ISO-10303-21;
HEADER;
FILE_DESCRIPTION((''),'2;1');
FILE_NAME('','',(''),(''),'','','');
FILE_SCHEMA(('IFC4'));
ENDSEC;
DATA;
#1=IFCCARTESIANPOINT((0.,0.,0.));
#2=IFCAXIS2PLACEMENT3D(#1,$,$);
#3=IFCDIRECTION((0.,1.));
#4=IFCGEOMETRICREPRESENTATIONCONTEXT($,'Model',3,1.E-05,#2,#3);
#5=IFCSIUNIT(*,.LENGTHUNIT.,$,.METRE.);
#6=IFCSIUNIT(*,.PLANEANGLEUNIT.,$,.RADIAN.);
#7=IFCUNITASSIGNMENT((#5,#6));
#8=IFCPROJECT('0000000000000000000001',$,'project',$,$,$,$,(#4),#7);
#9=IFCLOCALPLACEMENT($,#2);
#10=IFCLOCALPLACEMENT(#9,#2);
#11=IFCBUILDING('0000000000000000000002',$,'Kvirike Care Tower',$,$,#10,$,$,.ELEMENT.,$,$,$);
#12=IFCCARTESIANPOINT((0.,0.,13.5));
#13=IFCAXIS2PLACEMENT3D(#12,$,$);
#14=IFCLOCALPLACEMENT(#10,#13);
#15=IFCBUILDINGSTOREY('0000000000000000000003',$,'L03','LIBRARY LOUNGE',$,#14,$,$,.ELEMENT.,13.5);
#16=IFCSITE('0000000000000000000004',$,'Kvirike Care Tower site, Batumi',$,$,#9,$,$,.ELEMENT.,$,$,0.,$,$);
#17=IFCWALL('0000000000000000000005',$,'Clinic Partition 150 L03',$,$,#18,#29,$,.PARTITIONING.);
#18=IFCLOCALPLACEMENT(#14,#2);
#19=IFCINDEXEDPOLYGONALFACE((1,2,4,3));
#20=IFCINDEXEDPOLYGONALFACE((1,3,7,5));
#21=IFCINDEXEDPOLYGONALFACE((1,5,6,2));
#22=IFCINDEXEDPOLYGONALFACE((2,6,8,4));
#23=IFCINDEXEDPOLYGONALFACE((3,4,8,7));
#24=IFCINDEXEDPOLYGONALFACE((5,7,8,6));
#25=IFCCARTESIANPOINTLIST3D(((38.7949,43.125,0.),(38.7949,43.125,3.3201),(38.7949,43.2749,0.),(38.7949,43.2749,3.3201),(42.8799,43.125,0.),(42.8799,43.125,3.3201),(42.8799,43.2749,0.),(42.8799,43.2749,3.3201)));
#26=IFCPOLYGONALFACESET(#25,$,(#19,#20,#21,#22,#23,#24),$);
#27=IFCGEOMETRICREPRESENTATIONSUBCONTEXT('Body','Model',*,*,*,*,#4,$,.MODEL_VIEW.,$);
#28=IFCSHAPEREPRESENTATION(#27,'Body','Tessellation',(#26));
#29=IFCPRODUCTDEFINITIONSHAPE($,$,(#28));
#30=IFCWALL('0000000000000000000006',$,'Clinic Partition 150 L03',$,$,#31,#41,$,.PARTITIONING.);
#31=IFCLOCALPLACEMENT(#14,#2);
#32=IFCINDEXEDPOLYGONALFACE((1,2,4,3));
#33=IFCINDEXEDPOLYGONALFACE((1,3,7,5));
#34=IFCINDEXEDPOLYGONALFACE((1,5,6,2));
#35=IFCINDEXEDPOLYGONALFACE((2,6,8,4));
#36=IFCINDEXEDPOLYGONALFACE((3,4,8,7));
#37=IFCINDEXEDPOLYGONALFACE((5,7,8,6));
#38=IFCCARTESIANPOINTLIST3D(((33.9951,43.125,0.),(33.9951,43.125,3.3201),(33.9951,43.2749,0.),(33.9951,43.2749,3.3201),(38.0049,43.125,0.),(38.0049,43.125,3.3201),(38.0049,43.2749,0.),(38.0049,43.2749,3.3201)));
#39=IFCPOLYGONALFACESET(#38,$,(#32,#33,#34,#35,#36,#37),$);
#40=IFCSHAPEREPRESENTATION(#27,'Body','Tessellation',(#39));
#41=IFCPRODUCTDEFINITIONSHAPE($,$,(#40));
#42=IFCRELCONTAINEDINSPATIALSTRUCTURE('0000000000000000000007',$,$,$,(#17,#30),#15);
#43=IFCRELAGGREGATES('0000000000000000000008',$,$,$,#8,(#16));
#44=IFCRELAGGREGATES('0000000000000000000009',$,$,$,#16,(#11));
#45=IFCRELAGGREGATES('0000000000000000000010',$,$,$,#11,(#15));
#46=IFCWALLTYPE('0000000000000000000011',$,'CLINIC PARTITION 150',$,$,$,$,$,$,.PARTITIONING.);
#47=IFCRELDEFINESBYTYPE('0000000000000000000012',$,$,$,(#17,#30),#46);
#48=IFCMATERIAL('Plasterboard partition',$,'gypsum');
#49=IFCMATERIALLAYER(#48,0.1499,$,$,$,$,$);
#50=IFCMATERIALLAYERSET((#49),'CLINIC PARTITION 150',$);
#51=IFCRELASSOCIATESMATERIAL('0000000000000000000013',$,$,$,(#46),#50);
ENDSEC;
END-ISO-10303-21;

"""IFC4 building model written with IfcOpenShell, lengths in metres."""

from ifc_helpers import new_model, si_unit, direction, frame, frame_2d, origin, place, context, subcontext, project, spatial, rectangle, extrude, material, layer, layer_set, type_object, element, save


model = new_model("IFC4")

# Units and contexts
model_context = context("Model", 3, precision=1e-05, world=origin(), true_north=direction((0.0, 1.0)))
body_context = subcontext(model_context, "Body", "Model", "MODEL_VIEW")
ifc_project = project(units=[si_unit("LENGTHUNIT", "METRE"), si_unit("PLANEANGLEUNIT", "RADIAN")], contexts=[model_context])

# Site, building, storey
site_placement = place(None, origin())
site = spatial("IfcSite", under=ifc_project, at=site_placement, Name="Kvirike Care Tower site, Batumi", CompositionType="ELEMENT", RefElevation=0.0)
building_placement = place(site_placement, origin())
building = spatial("IfcBuilding", under=site, at=building_placement, Name="Kvirike Care Tower", CompositionType="ELEMENT")
storey_placement = place(building_placement, frame((0.0, 0.0, 13.5)))
storey = spatial("IfcBuildingStorey", under=building, at=storey_placement, Name="L03", Description="LIBRARY LOUNGE", CompositionType="ELEMENT", Elevation=13.5)

# Walls
ifc_material_1 = material(Name="Plasterboard partition", Category="gypsum")
ifc_layer_1 = layer(ifc_material_1, 0.1499)
ifc_layer_set_1 = layer_set([ifc_layer_1], Name="CLINIC PARTITION 150")
wall_type = type_object("IfcWallType", Name="CLINIC PARTITION 150", PredefinedType="PARTITIONING", material=ifc_layer_set_1)
wall_1_placement = place(storey_placement, frame((42.8799, 43.2, 0.0), z_axis=(0.0, 0.0, 1.0), x_axis=(-1.0, 0.0, 0.0)))
element("IfcWall", 1, at=wall_1_placement, inside=storey, type_object=wall_type, Name="Clinic Partition 150 L03", PredefinedType="PARTITIONING", context=body_context, shape_type="SweptSolid", body=[
    extrude(rectangle(XDim=4.085, YDim=0.1499, at=frame_2d((2.0425, 0.0))), origin(), (0.0, 0.0, 1.0), 3.3201),
])
wall_2_placement = place(storey_placement, frame((38.0049, 43.2, 0.0), z_axis=(0.0, 0.0, 1.0), x_axis=(-1.0, 0.0, 0.0)))
element("IfcWall", 2, at=wall_2_placement, inside=storey, type_object=wall_type, Name="Clinic Partition 150 L03", PredefinedType="PARTITIONING", context=body_context, shape_type="SweptSolid", body=[
    extrude(rectangle(XDim=4.0098, YDim=0.1499, at=frame_2d((2.0049, 0.0))), origin(), (0.0, 0.0, 1.0), 3.3201),
])

save(model, "model.ifc")
